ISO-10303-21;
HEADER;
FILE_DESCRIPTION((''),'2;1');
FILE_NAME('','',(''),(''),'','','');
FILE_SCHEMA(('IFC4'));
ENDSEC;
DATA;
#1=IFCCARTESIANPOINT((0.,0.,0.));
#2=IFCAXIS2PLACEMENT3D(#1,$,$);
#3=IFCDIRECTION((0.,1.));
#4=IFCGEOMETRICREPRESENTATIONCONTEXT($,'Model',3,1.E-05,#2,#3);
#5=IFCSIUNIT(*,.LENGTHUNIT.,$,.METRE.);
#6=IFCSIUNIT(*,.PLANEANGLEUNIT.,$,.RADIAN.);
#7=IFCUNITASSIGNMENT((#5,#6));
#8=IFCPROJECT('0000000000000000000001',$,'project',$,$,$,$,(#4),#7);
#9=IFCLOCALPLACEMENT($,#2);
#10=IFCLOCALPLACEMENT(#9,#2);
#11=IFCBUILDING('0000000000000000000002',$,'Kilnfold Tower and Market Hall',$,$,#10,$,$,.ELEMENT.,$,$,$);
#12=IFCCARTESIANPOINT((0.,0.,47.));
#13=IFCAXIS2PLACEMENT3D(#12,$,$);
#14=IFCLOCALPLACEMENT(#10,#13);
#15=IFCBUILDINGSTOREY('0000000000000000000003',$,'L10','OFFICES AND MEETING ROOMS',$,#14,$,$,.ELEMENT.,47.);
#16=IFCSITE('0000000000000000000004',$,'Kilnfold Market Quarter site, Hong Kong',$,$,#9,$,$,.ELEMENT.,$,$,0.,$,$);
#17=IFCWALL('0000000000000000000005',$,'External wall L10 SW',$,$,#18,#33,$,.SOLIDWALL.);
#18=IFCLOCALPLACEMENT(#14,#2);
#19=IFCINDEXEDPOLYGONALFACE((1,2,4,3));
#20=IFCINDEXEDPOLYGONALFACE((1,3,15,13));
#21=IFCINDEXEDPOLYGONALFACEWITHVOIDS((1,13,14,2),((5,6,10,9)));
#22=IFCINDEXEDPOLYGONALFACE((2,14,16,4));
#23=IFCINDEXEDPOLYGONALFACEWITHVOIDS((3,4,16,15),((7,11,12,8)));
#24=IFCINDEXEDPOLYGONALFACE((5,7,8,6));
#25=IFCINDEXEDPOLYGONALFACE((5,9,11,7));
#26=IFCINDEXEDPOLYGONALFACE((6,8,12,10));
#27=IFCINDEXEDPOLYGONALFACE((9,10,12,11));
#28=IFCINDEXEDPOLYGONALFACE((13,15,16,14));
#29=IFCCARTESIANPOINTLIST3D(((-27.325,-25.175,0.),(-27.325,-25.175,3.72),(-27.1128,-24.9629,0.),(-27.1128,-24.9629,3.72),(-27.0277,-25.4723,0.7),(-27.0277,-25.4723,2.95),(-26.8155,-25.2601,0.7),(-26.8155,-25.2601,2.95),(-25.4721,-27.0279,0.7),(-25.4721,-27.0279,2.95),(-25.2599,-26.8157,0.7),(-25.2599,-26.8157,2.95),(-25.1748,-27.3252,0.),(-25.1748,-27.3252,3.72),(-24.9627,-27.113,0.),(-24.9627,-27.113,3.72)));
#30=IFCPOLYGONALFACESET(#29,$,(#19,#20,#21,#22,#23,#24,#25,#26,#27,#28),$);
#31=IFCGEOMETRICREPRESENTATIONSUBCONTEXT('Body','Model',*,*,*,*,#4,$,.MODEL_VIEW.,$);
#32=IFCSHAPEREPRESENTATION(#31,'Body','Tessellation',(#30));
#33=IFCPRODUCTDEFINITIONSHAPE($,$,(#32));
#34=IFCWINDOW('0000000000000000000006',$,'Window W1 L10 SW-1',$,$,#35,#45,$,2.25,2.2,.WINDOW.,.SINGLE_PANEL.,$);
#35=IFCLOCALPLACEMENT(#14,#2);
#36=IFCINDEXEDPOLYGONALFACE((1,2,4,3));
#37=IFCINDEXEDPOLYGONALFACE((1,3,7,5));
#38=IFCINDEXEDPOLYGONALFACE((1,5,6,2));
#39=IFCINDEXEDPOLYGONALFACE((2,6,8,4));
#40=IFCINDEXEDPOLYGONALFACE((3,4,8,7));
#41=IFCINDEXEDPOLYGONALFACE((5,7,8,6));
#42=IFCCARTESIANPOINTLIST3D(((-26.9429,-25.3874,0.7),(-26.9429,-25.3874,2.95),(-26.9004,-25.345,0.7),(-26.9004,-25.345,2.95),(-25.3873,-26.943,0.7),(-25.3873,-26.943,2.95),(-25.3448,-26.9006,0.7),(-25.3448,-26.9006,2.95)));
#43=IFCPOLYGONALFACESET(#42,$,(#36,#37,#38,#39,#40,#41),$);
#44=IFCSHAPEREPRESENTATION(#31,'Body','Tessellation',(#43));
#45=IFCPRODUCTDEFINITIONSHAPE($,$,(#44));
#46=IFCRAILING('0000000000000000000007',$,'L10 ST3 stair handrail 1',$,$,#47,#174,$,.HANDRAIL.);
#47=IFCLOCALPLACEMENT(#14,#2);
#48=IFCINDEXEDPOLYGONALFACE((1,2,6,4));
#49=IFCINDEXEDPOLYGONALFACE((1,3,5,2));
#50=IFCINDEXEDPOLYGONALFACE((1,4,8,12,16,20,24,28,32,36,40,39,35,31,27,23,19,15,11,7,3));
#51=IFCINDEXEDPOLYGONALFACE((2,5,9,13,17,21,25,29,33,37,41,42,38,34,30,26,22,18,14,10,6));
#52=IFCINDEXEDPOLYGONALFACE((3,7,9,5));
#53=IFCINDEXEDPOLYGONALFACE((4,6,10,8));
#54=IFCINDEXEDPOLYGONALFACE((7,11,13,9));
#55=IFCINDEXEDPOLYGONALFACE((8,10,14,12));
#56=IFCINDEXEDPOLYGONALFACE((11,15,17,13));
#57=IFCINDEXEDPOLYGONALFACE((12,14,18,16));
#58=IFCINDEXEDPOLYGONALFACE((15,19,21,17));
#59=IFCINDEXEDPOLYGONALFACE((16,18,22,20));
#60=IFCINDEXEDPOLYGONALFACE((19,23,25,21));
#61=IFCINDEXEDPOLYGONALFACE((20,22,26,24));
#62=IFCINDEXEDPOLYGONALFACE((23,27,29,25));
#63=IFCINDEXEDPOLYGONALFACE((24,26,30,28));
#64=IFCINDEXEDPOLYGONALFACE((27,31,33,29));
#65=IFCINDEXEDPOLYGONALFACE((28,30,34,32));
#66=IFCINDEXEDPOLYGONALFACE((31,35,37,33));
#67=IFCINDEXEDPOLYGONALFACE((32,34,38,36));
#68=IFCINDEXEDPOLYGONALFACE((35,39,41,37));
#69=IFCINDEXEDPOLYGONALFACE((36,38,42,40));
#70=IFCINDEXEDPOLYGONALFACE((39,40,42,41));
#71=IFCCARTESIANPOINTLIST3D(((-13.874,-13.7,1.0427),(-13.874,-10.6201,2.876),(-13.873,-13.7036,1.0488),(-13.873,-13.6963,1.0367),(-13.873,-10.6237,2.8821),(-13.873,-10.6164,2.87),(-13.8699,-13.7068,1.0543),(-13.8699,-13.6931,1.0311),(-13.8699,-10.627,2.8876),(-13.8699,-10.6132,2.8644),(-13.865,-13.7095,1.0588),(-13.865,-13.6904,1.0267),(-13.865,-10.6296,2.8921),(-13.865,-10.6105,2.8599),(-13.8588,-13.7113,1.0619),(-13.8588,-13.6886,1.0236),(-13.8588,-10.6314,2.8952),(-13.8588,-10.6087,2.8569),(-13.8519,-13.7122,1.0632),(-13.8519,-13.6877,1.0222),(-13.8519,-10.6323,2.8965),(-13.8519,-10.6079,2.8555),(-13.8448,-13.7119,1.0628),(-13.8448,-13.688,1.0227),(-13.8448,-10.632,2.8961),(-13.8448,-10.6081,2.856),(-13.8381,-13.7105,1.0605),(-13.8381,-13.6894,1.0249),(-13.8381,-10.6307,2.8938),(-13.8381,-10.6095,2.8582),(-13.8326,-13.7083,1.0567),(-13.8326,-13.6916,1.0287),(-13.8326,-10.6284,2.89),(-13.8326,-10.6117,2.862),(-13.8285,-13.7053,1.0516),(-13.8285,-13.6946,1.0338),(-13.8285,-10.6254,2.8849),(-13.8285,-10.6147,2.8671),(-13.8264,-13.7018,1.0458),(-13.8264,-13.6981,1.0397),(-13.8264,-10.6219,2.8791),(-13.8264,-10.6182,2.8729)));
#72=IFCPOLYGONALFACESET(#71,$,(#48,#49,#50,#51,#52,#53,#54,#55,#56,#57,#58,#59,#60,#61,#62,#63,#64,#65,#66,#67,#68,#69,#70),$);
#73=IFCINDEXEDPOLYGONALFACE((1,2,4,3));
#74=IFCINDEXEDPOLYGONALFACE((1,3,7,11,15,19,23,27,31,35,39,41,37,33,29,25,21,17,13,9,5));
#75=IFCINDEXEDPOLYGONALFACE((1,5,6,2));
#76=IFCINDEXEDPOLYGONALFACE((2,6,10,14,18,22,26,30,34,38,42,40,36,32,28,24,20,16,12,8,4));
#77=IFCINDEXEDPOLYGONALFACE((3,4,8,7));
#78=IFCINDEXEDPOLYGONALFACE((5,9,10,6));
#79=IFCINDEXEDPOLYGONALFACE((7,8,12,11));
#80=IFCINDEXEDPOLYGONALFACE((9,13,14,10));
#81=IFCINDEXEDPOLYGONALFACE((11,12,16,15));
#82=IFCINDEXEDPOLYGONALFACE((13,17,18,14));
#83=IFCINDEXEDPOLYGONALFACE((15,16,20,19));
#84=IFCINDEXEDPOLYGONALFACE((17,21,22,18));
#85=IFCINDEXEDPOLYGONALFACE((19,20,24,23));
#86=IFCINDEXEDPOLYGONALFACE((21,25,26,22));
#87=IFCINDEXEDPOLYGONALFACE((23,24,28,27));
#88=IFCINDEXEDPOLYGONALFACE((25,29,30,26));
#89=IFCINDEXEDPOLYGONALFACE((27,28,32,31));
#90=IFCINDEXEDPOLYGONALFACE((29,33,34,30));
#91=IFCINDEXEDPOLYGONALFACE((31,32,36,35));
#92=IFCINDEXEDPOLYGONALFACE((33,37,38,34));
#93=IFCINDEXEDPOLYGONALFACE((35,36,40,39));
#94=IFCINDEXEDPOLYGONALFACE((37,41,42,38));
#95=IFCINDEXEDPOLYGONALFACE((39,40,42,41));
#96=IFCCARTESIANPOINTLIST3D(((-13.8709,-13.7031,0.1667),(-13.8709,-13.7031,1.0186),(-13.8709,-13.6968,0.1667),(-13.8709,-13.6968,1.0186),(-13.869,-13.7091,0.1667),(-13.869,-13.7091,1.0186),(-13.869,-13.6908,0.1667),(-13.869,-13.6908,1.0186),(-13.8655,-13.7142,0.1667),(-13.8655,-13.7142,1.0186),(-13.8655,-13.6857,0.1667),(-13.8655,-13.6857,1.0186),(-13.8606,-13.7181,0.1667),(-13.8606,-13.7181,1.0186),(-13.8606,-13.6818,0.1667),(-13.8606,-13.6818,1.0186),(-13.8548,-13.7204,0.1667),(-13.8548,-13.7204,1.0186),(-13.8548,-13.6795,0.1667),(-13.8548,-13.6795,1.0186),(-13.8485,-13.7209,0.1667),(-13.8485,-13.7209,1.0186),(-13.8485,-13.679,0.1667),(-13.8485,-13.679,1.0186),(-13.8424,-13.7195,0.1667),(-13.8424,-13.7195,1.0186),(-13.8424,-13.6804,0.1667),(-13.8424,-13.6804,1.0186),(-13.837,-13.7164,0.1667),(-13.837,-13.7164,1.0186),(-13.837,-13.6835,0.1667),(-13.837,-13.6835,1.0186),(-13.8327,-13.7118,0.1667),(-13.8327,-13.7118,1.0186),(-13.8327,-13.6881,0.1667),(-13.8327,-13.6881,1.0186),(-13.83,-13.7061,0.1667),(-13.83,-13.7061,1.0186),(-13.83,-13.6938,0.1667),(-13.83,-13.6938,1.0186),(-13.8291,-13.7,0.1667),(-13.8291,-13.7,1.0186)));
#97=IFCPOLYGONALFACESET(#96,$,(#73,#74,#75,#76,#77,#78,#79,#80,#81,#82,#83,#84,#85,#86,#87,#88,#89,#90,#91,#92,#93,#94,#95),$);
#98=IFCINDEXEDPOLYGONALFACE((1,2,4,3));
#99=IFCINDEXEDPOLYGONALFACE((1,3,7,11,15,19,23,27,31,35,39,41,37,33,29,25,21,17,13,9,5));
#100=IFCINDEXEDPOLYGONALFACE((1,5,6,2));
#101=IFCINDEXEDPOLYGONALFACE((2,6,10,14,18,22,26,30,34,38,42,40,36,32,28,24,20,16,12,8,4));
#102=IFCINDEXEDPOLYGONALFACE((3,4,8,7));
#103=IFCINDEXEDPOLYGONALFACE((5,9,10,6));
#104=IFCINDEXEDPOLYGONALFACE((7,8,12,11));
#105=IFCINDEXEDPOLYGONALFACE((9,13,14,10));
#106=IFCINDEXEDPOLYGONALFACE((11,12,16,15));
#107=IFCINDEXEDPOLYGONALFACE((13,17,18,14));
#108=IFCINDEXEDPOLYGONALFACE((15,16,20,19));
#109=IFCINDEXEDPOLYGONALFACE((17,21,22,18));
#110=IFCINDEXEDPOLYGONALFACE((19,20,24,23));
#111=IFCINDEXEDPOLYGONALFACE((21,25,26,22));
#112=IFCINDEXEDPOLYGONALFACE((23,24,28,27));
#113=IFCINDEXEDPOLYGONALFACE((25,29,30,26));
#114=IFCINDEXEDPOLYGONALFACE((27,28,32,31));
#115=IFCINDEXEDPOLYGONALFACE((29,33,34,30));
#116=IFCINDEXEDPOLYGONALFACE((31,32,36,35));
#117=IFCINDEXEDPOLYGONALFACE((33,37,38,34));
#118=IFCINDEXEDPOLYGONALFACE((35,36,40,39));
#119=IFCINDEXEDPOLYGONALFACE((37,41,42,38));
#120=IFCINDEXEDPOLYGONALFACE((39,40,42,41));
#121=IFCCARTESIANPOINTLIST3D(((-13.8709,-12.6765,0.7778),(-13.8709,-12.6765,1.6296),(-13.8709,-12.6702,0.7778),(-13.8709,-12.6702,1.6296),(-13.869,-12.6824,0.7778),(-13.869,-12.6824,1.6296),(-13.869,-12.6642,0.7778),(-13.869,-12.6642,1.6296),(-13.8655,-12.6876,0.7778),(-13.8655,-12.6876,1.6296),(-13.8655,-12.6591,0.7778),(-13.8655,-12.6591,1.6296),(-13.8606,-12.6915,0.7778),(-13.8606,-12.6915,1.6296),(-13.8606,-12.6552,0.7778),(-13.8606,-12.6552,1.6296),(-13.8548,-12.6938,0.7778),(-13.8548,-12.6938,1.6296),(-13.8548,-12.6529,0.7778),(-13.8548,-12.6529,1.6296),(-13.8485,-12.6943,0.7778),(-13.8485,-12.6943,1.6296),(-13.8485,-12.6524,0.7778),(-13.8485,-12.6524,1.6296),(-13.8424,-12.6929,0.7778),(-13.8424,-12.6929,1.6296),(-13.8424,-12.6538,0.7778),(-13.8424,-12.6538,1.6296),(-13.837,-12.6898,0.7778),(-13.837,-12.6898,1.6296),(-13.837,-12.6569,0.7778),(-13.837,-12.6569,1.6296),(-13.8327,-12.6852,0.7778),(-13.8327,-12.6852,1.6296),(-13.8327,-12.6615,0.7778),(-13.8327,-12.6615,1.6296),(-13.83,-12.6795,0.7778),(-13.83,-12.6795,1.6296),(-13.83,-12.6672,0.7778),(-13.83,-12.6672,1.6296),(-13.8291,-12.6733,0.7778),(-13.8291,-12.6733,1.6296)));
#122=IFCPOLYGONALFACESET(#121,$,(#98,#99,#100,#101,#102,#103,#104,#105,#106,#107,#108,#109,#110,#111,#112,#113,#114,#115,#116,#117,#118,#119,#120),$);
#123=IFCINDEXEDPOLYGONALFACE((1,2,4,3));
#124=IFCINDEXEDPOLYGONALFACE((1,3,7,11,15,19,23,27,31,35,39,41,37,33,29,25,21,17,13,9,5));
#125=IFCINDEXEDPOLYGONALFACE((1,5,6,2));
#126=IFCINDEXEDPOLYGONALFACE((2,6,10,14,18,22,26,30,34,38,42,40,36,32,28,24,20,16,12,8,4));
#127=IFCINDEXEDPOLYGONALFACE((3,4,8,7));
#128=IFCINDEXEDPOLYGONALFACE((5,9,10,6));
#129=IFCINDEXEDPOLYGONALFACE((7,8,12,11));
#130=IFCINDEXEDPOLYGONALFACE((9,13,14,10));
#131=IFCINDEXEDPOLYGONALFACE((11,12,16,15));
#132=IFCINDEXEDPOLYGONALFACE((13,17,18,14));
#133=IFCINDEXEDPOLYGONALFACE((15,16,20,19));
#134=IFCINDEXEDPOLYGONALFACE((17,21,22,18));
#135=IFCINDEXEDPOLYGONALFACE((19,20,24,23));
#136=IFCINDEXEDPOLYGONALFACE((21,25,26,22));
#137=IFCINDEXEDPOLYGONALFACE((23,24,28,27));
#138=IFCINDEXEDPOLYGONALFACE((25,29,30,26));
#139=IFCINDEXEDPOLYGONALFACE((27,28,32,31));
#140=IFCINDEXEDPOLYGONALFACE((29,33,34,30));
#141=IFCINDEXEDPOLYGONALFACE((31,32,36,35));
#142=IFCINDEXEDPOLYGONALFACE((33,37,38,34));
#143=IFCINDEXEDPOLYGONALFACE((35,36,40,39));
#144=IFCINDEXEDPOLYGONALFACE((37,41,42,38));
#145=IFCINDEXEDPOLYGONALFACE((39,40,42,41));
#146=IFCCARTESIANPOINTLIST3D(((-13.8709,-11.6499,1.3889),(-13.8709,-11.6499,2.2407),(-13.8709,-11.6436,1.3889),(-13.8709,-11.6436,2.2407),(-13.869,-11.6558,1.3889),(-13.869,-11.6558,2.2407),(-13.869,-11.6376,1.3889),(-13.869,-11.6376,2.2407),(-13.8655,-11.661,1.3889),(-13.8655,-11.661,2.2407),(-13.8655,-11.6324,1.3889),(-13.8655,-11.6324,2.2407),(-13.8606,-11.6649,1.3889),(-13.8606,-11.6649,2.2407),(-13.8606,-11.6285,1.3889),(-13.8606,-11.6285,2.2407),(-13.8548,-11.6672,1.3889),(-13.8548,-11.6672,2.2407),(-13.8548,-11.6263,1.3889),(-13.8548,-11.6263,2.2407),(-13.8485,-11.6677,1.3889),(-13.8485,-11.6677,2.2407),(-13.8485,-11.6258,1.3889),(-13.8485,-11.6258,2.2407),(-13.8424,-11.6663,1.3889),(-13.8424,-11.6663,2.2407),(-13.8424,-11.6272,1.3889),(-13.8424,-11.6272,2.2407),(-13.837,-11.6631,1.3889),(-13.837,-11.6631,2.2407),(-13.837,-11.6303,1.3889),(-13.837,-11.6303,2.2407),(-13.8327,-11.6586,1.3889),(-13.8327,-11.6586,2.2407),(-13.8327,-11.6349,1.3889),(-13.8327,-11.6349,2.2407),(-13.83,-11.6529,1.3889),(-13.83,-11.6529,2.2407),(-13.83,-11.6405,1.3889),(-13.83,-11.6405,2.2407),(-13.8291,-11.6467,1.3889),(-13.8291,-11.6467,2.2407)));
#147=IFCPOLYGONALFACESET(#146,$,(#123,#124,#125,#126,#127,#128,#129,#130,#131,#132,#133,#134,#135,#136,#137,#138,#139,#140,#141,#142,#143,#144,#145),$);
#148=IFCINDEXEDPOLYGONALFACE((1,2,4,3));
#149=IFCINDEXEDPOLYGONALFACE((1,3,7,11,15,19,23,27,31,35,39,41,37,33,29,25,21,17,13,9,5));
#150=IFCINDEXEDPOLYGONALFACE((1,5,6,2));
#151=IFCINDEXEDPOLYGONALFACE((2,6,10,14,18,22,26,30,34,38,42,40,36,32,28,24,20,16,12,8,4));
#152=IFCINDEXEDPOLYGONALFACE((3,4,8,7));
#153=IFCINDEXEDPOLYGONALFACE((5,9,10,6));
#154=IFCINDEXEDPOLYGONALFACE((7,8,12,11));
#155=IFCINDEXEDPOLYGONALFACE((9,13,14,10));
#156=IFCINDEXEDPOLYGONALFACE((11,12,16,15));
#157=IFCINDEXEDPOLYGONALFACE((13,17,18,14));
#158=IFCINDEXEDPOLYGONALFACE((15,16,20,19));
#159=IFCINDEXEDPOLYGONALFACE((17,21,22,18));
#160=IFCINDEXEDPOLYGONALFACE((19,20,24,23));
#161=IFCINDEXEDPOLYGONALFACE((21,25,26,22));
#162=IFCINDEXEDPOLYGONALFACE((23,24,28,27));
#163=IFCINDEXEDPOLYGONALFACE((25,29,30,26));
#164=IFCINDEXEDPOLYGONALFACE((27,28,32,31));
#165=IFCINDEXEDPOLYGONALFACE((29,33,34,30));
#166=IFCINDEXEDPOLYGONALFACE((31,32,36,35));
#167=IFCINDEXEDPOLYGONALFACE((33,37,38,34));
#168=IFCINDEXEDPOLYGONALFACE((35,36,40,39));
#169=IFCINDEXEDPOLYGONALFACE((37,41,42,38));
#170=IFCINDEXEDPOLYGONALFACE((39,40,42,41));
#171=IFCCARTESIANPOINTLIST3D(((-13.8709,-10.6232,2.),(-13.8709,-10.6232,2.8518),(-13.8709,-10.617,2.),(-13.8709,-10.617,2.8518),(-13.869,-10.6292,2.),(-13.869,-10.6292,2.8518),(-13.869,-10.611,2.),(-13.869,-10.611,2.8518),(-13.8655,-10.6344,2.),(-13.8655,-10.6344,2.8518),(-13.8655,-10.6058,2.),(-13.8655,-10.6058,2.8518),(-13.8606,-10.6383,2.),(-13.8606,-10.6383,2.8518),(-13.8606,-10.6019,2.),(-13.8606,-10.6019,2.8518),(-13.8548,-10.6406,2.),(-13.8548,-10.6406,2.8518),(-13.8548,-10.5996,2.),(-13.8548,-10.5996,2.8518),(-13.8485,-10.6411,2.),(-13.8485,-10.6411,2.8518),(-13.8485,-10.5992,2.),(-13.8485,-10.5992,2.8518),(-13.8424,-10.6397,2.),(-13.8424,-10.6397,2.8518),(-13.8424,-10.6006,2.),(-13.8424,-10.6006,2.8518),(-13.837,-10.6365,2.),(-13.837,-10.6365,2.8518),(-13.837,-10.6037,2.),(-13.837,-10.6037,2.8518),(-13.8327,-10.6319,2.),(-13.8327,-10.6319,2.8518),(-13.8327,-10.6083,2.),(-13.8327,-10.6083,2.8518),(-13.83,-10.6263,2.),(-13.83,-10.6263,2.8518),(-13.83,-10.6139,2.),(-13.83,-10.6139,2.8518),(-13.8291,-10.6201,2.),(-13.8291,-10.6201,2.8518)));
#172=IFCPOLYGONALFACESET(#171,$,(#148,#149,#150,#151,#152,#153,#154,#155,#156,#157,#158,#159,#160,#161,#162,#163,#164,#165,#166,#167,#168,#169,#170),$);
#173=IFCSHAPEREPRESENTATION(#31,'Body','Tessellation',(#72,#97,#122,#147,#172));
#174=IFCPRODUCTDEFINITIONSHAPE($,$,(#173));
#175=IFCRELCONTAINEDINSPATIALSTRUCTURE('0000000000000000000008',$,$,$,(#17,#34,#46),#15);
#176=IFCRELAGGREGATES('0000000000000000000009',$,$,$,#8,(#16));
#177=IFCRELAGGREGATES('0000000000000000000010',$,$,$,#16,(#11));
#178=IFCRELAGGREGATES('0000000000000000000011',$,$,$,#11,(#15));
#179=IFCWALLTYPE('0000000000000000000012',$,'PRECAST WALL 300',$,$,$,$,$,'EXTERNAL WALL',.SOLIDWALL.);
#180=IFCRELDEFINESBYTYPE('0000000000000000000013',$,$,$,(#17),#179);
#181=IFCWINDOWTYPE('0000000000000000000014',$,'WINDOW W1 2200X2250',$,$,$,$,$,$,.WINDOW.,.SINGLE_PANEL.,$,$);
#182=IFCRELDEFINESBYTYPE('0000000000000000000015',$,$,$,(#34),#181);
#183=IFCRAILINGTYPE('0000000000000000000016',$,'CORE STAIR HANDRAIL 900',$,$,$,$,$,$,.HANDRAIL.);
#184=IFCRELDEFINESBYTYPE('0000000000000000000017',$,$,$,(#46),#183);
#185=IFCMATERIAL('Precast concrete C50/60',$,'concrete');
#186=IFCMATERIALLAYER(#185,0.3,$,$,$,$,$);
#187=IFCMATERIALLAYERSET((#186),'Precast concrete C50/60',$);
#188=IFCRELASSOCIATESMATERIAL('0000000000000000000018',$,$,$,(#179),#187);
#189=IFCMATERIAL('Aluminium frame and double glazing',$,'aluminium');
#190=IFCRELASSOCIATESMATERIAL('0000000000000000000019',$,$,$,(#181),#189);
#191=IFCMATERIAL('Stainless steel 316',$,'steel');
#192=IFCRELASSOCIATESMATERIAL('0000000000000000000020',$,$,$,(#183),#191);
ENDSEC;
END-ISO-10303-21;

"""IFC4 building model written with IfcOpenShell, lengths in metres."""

from ifc_helpers import new_model, si_unit, direction, frame, frame_2d, origin, origin_2d, place, context, subcontext, project, spatial, rectangle, circle, extrude, source, transform, mapped, material, layer, layer_set, type_object, element, fill, save


model = new_model("IFC4")

# Units and contexts
model_context = context("Model", 3, precision=1e-05, world=origin(), true_north=direction((0.0, 1.0)))
body_context = subcontext(model_context, "Body", "Model", "MODEL_VIEW")
ifc_project = project(units=[si_unit("LENGTHUNIT", "METRE"), si_unit("PLANEANGLEUNIT", "RADIAN")], contexts=[model_context])

# Site, building, storey
site_placement = place(None, origin())
site = spatial("IfcSite", under=ifc_project, at=site_placement, Name="Kilnfold Market Quarter site, Hong Kong", CompositionType="ELEMENT", RefElevation=0.0)
building_placement = place(site_placement, origin())
building = spatial("IfcBuilding", under=site, at=building_placement, Name="Kilnfold Tower and Market Hall", CompositionType="ELEMENT")
storey_placement = place(building_placement, frame((0.0, 0.0, 47.0)))
storey = spatial("IfcBuildingStorey", under=building, at=storey_placement, Name="L10", Description="OFFICES AND MEETING ROOMS", CompositionType="ELEMENT", Elevation=47.0)

# Shared definitions
ifc_material_1 = material(Name="Precast concrete C50/60", Category="concrete")
ifc_layer_1 = layer(ifc_material_1, 0.3)
ifc_layer_set_1 = layer_set([ifc_layer_1], Name="Precast concrete C50/60")
wall_type_1 = type_object("IfcWallType", Name="PRECAST WALL 300", ElementType="EXTERNAL WALL", PredefinedType="SOLIDWALL", material=ifc_layer_set_1)
ifc_material_2 = material(Name="Aluminium frame and double glazing", Category="aluminium")
window_type = type_object("IfcWindowType", Name="WINDOW W1 2200X2250", PartitioningType="SINGLE_PANEL", PredefinedType="WINDOW", material=ifc_material_2)

# Wall, opening, window
shared_shape_1 = source(origin(), body_context, "Body", "SweptSolid", [
    extrude(rectangle(XDim=3.0408, YDim=0.3, at=frame_2d((1.5205, 0.0))), origin(), (0.0, 0.0, 1.0), 3.72),
])
wall_1_placement = place(storey_placement, frame((-27.219, -25.0688, 0.0), z_axis=(0.0, 0.0, 1.0), x_axis=(0.707107, -0.707107, 0.0)))
wall_1 = element("IfcWall", 1, at=wall_1_placement, inside=storey, type_object=wall_type_1, Name="External wall L10 SW", PredefinedType="SOLIDWALL", context=body_context, shape_type="MappedRepresentation", body=[
    mapped(shared_shape_1, transform((0.0, 0.0, 0.0))),
])
opening_1_placement = place(wall_1_placement, frame((0.4204, 0.0, 0.7)))
opening_1 = element("IfcOpeningElement", 2, at=opening_1_placement, cuts=wall_1, PredefinedType="OPENING", context=body_context, shape_type="SweptSolid", body=[
    extrude(rectangle(XDim=2.2, YDim=2.25, at=frame_2d((1.1001, 1.125))), frame((0.0, 0.1602, 0.0), z_axis=(0.0, -1.0, 0.0), x_axis=(1.0, 0.0, 0.0)), (0.0, 0.0, 1.0), 0.3201),
])
window_1_placement = place(opening_1_placement, origin())
window_1 = element("IfcWindow", 3, at=window_1_placement, inside=storey, type_object=window_type, Name="Window W1 L10 SW-1", OverallHeight=2.25, OverallWidth=2.2, PartitioningType="SINGLE_PANEL", PredefinedType="WINDOW", context=body_context, shape_type="SweptSolid", body=[
    extrude(rectangle(XDim=2.2, YDim=2.25, at=frame_2d((1.1001, 1.125))), frame((0.0, 0.03, 0.0), z_axis=(0.0, -1.0, 0.0), x_axis=(1.0, 0.0, 0.0)), (0.0, 0.0, 1.0), 0.0601),
])
fill(opening_1, window_1)

# Railing
ifc_material_3 = material(Name="Stainless steel 316", Category="steel")
railing_type_1 = type_object("IfcRailingType", Name="CORE STAIR HANDRAIL 900", PredefinedType="HANDRAIL", material=ifc_material_3)
railing_1_placement = place(storey_placement, frame((-13.8501, -13.7, 0.1667)))
element("IfcRailing", 4, at=railing_1_placement, inside=storey, type_object=railing_type_1, Name="L10 ST3 stair handrail 1", PredefinedType="HANDRAIL", context=body_context, shape_type="SweptSolid", body=[
    extrude(circle(Radius=0.0239, at=origin_2d()), frame((0.0, 0.0, 0.876), z_axis=(0.0, 0.859291, 0.511487), x_axis=(-1.0, 0.0, 0.0)), (0.0, 0.0, 1.0), 3.5842),
    extrude(circle(Radius=0.021, at=origin_2d()), origin(), (0.0, 0.0, 1.0), 0.8518),
    extrude(circle(Radius=0.021, at=origin_2d()), frame((0.0, 1.0266, 0.6111)), (0.0, 0.0, 1.0), 0.8518),
    extrude(circle(Radius=0.021, at=origin_2d()), frame((0.0, 2.0532, 1.2222)), (0.0, 0.0, 1.0), 0.8518),
    extrude(circle(Radius=0.021, at=origin_2d()), frame((0.0, 3.0798, 1.8333)), (0.0, 0.0, 1.0), 0.8518),
])

save(model, "model.ifc")
